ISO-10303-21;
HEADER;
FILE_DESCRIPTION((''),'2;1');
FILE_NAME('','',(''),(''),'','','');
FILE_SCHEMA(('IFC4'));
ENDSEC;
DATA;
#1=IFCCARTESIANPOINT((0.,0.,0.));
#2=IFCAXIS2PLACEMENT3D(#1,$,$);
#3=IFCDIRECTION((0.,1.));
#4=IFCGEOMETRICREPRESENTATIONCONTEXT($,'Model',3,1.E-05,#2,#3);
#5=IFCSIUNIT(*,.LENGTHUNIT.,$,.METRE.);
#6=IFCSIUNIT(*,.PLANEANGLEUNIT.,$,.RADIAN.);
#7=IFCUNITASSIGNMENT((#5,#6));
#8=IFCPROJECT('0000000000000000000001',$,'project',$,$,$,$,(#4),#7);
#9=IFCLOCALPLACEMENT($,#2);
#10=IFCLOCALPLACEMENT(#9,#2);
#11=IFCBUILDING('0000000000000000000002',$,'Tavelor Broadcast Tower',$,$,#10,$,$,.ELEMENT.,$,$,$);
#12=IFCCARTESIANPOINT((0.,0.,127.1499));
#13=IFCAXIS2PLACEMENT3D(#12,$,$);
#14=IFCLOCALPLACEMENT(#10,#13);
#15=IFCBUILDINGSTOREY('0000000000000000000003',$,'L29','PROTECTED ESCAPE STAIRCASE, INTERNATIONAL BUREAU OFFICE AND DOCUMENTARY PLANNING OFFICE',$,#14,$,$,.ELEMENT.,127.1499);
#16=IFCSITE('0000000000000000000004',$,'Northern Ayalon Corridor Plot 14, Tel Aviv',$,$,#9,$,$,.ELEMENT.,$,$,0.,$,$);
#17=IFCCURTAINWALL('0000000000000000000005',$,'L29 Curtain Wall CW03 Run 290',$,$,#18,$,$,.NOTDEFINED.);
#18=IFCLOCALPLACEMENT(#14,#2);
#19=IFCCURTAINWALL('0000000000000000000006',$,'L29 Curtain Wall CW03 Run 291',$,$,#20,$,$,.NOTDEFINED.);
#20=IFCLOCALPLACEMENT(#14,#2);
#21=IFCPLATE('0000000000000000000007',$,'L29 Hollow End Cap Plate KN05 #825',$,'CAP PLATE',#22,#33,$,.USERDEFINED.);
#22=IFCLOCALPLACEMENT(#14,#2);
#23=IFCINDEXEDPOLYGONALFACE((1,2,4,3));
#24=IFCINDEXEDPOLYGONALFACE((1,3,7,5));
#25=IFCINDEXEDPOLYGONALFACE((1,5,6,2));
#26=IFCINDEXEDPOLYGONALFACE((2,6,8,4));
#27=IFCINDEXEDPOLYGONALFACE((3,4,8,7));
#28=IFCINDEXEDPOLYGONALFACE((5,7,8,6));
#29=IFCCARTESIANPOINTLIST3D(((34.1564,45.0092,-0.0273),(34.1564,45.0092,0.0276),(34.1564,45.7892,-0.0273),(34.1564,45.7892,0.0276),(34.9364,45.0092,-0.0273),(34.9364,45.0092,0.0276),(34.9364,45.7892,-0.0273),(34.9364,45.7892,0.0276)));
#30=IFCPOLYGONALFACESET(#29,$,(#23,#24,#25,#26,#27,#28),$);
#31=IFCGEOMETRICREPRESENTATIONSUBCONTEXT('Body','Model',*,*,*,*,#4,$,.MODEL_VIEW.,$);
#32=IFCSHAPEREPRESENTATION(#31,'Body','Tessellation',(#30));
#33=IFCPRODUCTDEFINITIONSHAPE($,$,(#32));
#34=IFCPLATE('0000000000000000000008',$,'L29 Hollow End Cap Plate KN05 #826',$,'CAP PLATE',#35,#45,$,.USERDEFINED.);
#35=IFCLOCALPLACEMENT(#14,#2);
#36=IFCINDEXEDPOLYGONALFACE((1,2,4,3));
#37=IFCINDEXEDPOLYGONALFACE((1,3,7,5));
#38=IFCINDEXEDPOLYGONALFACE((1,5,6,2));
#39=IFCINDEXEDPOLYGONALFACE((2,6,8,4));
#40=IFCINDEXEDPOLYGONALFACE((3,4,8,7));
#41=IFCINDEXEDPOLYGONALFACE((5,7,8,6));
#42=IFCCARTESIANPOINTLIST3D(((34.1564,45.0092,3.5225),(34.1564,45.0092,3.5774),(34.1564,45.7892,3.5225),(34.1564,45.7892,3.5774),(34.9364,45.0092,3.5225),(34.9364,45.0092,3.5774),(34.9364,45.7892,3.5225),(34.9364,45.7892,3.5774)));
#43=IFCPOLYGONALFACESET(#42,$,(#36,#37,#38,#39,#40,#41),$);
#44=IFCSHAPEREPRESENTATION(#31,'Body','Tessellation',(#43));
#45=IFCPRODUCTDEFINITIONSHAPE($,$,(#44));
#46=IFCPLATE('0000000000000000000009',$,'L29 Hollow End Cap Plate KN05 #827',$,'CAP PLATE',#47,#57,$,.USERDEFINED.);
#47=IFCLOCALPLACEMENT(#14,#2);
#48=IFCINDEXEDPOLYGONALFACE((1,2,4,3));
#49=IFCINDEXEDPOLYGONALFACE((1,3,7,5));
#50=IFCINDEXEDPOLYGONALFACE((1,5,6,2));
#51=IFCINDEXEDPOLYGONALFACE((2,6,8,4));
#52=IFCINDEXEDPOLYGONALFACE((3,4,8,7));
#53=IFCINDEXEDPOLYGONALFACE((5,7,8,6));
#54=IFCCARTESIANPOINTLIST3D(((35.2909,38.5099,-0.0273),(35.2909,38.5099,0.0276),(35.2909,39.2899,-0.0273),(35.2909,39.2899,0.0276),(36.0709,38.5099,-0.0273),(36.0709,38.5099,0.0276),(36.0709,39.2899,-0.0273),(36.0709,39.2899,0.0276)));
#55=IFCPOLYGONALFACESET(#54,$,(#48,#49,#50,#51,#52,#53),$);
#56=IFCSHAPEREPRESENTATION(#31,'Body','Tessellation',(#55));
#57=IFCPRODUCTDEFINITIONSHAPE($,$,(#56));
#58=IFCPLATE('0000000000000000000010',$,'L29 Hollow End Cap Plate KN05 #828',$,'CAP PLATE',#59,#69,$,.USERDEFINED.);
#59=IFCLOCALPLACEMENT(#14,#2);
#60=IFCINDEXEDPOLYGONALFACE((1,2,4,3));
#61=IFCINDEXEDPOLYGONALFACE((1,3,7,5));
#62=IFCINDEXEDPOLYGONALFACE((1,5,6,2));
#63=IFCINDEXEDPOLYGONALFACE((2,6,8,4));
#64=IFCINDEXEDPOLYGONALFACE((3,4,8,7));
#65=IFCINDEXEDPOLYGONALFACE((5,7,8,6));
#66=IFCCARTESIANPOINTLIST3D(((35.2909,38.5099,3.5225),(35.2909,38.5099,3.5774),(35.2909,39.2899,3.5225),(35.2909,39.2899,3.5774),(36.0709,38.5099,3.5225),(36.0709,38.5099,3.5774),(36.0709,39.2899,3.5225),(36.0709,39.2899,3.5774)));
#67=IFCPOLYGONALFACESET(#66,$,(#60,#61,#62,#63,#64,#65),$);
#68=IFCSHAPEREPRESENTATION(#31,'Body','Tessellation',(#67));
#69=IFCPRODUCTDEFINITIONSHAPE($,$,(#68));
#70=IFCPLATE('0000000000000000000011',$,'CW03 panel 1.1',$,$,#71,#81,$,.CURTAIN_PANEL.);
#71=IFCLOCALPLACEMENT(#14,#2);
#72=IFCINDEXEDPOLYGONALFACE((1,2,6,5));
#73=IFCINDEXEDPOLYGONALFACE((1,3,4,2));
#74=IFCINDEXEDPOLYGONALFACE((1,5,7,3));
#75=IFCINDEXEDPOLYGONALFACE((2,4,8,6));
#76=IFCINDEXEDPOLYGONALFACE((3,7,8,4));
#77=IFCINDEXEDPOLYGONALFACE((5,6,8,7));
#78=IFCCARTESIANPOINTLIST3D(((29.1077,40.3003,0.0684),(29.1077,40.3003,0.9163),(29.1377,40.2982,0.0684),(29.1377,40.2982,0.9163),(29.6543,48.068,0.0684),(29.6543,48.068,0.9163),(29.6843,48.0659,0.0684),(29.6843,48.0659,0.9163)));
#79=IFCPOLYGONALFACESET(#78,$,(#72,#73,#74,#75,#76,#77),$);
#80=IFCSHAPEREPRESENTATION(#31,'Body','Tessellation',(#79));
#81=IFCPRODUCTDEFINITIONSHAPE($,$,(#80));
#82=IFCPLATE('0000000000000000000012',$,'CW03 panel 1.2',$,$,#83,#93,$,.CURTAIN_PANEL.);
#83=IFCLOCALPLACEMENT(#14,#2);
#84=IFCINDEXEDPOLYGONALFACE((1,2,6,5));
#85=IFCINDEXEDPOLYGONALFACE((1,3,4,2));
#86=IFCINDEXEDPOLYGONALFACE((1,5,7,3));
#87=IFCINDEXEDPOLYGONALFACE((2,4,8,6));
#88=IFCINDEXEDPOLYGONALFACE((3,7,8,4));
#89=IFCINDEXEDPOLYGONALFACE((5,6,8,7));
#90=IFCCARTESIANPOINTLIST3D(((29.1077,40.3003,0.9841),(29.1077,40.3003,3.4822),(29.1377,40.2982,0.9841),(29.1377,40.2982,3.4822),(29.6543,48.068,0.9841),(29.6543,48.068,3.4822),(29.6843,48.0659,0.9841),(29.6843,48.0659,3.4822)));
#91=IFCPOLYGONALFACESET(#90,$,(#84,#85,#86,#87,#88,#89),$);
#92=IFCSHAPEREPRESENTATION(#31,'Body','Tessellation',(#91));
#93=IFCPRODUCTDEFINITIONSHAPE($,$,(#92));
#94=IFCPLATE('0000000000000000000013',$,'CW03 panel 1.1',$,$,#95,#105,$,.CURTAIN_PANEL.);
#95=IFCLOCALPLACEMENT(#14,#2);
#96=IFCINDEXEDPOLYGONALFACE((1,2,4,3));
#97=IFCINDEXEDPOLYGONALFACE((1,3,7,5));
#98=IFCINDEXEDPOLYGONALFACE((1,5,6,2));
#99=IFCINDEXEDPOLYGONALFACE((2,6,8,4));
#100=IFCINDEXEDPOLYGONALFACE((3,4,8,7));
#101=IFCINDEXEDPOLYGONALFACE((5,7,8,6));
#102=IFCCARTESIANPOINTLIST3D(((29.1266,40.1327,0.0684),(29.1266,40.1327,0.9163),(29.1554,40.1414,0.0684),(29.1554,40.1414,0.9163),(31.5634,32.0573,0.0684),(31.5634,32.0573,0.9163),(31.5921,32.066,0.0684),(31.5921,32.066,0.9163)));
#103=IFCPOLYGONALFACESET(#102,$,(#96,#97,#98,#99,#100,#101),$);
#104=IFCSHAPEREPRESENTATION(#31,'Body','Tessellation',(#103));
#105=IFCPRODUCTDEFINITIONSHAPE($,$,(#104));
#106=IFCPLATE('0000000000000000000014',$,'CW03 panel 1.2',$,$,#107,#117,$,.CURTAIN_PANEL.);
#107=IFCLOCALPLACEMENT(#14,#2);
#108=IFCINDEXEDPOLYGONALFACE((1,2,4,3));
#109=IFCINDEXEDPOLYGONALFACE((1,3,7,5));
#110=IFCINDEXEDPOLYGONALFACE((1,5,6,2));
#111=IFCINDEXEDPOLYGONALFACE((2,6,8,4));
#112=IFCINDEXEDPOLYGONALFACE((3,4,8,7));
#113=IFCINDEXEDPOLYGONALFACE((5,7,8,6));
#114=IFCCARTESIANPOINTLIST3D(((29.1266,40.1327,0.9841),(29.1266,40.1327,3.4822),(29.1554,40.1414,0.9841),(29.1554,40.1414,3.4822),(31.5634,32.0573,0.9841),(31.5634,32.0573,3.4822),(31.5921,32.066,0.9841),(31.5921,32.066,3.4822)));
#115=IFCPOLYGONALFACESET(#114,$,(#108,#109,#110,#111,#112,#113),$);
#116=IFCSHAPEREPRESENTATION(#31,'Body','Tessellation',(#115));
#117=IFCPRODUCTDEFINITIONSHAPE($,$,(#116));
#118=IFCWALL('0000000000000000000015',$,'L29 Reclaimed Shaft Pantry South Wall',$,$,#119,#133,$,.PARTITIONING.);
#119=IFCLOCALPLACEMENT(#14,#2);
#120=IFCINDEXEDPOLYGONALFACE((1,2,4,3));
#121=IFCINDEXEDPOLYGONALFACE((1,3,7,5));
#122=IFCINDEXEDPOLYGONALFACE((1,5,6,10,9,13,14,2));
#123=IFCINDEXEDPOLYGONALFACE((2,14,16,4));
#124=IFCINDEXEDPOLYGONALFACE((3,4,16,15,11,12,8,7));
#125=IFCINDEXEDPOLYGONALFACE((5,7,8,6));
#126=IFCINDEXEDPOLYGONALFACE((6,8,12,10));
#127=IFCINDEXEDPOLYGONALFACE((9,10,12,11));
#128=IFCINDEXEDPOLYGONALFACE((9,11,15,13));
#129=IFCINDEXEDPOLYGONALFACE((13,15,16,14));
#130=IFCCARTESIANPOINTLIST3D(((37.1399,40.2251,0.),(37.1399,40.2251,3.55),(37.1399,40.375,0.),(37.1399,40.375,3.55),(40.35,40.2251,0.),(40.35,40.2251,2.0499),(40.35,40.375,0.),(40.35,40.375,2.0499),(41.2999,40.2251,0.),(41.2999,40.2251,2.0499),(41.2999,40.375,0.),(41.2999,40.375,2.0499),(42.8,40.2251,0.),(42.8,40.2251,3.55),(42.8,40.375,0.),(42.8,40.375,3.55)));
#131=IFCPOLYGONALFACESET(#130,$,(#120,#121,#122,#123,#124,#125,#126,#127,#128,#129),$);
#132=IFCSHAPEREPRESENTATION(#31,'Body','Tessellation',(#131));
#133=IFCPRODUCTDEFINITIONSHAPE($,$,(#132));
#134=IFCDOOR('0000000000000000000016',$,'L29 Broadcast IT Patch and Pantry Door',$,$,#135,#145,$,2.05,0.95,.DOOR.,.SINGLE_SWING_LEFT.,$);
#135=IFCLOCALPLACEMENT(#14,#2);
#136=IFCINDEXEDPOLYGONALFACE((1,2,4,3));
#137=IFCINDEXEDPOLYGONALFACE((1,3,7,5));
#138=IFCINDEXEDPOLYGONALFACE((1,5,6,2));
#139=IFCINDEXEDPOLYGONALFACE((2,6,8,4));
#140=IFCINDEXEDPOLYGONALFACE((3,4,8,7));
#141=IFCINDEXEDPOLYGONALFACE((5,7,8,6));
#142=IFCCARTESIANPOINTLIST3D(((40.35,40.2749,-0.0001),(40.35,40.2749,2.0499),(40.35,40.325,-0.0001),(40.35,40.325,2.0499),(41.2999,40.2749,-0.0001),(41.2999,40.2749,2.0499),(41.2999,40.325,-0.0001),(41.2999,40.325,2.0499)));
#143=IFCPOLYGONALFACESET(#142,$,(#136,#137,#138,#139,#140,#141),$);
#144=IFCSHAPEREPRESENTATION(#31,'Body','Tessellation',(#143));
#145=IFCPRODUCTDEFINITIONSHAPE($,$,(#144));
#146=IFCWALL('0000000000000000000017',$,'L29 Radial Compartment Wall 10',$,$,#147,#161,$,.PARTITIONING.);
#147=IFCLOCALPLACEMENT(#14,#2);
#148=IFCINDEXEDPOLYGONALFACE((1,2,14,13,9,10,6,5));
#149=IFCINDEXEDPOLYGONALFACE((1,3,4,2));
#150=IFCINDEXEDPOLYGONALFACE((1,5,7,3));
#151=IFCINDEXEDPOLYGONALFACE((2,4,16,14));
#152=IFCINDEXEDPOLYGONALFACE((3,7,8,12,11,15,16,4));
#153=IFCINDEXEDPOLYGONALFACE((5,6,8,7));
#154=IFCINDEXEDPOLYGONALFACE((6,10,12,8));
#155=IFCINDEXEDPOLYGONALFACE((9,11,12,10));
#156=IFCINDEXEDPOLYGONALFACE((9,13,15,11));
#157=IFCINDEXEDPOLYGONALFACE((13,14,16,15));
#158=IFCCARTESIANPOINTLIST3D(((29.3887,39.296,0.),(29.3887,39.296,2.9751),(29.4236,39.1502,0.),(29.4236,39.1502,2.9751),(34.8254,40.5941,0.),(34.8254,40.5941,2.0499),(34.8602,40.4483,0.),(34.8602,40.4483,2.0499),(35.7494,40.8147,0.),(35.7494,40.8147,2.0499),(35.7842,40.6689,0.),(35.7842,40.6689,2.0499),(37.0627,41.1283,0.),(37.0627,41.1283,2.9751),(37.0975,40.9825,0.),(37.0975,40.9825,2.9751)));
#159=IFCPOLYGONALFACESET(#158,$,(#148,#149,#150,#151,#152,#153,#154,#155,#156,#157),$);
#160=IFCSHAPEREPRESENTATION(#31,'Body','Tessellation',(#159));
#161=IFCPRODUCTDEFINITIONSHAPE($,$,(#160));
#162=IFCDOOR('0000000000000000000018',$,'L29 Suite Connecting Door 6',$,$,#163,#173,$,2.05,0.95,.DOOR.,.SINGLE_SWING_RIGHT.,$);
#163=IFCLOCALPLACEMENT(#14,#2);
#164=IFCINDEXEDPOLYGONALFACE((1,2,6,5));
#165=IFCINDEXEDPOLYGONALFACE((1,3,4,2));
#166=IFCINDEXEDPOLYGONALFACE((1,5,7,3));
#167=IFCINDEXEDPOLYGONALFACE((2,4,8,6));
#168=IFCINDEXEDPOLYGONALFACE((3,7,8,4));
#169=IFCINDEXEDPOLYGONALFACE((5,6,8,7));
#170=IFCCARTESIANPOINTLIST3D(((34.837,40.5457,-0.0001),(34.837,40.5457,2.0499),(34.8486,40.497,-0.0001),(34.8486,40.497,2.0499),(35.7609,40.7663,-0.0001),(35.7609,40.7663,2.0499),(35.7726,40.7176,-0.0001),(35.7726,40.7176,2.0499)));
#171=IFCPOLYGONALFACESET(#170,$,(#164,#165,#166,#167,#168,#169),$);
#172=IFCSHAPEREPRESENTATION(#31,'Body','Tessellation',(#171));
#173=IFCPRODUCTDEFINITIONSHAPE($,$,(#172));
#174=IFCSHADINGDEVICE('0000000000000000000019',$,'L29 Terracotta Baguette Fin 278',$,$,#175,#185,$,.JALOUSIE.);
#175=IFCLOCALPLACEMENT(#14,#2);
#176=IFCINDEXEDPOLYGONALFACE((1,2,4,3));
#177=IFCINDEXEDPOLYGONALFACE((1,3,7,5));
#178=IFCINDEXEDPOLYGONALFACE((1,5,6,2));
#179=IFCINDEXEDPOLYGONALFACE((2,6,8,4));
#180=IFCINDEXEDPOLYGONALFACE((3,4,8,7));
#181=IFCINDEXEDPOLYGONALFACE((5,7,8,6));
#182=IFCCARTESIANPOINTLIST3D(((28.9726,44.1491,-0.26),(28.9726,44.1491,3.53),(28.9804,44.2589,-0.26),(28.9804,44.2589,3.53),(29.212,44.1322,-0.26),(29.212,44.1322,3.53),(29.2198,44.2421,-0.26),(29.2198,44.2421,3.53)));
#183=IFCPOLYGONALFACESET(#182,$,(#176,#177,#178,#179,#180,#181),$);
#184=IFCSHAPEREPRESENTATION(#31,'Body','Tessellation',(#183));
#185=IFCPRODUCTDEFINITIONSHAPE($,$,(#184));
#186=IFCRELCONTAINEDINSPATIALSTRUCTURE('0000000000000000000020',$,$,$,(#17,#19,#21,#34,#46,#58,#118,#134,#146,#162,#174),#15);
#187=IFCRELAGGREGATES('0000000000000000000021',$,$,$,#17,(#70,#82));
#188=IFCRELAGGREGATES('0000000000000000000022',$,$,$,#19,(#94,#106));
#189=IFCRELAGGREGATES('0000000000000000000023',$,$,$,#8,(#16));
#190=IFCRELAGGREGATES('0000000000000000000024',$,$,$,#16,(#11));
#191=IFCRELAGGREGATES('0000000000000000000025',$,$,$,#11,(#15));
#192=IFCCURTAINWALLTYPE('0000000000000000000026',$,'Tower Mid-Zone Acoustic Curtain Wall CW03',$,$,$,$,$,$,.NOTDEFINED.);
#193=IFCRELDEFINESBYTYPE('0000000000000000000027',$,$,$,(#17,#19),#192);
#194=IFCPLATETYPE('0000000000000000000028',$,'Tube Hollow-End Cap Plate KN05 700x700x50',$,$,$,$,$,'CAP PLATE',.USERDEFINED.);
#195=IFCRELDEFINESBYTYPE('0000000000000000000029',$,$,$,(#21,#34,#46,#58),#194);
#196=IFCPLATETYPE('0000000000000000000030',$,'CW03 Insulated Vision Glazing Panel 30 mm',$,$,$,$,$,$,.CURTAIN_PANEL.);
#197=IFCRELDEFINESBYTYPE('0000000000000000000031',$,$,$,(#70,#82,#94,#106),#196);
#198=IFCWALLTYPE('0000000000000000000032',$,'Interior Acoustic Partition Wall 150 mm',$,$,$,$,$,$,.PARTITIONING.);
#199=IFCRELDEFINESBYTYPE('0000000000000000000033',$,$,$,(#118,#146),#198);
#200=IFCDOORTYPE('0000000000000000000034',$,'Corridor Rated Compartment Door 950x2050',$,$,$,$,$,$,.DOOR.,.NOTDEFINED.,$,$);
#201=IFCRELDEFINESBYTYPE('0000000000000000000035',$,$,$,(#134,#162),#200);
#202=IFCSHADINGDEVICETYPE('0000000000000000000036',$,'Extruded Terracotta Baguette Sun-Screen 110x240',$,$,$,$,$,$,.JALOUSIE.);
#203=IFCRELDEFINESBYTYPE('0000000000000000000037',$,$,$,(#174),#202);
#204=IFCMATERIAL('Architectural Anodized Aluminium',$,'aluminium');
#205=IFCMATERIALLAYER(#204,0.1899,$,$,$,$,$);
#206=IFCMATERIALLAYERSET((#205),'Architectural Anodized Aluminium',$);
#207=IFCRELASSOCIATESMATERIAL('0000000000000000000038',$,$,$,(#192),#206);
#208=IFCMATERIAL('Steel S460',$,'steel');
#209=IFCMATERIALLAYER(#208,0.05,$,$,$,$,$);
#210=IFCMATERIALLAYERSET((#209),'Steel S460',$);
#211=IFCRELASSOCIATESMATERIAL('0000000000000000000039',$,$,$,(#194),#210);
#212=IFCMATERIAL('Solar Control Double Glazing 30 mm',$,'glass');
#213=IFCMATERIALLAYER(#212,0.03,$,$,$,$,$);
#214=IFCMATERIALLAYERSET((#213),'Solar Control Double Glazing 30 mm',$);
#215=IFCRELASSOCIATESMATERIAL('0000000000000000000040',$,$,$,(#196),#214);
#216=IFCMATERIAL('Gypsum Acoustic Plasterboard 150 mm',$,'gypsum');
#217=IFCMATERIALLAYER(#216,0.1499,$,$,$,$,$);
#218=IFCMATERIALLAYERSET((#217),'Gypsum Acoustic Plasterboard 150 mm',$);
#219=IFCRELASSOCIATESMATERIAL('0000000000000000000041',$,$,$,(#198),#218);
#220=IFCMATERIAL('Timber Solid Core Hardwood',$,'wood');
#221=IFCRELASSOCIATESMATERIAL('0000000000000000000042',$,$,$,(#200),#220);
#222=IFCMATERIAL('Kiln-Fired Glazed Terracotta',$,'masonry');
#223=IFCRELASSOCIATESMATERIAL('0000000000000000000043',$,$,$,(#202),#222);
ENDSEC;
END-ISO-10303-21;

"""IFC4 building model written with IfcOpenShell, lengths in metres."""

from ifc_helpers import new_model, si_unit, direction, frame, frame_2d, origin, origin_2d, place, context, subcontext, project, spatial, rectangle, extrude, source, transform, mapped, material, layer, layer_set, type_object, type_shapes, element, fill, aggregate, save


model = new_model("IFC4")

# Units and contexts
model_context = context("Model", 3, precision=1e-05, world=origin(), true_north=direction((0.0, 1.0)))
body_context = subcontext(model_context, "Body", "Model", "MODEL_VIEW")
ifc_project = project(units=[si_unit("LENGTHUNIT", "METRE"), si_unit("PLANEANGLEUNIT", "RADIAN")], contexts=[model_context])

# Site, building, storey
site_placement = place(None, origin())
site = spatial("IfcSite", under=ifc_project, at=site_placement, Name="Northern Ayalon Corridor Plot 14, Tel Aviv", CompositionType="ELEMENT", RefElevation=0.0)
building_placement = place(site_placement, origin())
building = spatial("IfcBuilding", under=site, at=building_placement, Name="Tavelor Broadcast Tower", CompositionType="ELEMENT")
storey_placement = place(building_placement, frame((0.0, 0.0, 127.1499)))
storey = spatial("IfcBuildingStorey", under=building, at=storey_placement, Name="L29", Description="PROTECTED ESCAPE STAIRCASE, INTERNATIONAL BUREAU OFFICE AND DOCUMENTARY PLANNING OFFICE", CompositionType="ELEMENT", Elevation=127.1499)

# Shared definitions
ifc_material_1 = material(Name="Steel S460", Category="steel")

# Curtain walls
ifc_material_2 = material(Name="Architectural Anodized Aluminium", Category="aluminium")
ifc_layer_1 = layer(ifc_material_2, 0.1899)
ifc_layer_set_1 = layer_set([ifc_layer_1], Name="Architectural Anodized Aluminium")
curtain_wall_type = type_object("IfcCurtainWallType", Name="Tower Mid-Zone Acoustic Curtain Wall CW03", PredefinedType="NOTDEFINED", material=ifc_layer_set_1)
curtain_wall_1_placement = place(storey_placement, origin())
curtain_wall_1 = element("IfcCurtainWall", 1, at=curtain_wall_1_placement, inside=storey, type_object=curtain_wall_type, Name="L29 Curtain Wall CW03 Run 290", PredefinedType="NOTDEFINED")
curtain_wall_2_placement = place(storey_placement, origin())
curtain_wall_2 = element("IfcCurtainWall", 2, at=curtain_wall_2_placement, inside=storey, type_object=curtain_wall_type, Name="L29 Curtain Wall CW03 Run 291", PredefinedType="NOTDEFINED")

# Plates
ifc_layer_2 = layer(ifc_material_1, 0.05)
ifc_layer_set_2 = layer_set([ifc_layer_2], Name="Steel S460")
plate_type_1 = type_object("IfcPlateType", Name="Tube Hollow-End Cap Plate KN05 700x700x50", ElementType="CAP PLATE", PredefinedType="USERDEFINED", material=ifc_layer_set_2)
shared_shape_1 = source(origin(), body_context, "Body", "SweptSolid", [
    extrude(rectangle(XDim=0.78, YDim=0.78, at=origin_2d()), origin(), (0.0, 0.0, 1.0), 0.0549),
])
type_shapes(plate_type_1, [shared_shape_1])
for number, where, z_axis, x_axis, name in (
    (3, (34.5464, 45.3992, -0.0273), (0.0, 0.0, 1.0), (1.0, 0.0, 0.0), "L29 Hollow End Cap Plate KN05 #825"),
    (4, (34.5464, 45.3992, 3.5225), (0.0, 0.0, 1.0), (1.0, 0.0, 0.0), "L29 Hollow End Cap Plate KN05 #826"),
    (5, (35.6809, 38.8999, -0.0273), (0.0, 0.0, 1.0), (1.0, 0.0, 0.0), "L29 Hollow End Cap Plate KN05 #827"),
    (6, (35.6809, 38.8999, 3.5225), (0.0, 0.0, 1.0), (1.0, 0.0, 0.0), "L29 Hollow End Cap Plate KN05 #828"),
):
    element("IfcPlate", number, at=place(storey_placement, frame(where, z_axis=z_axis, x_axis=x_axis)), inside=storey, type_object=plate_type_1, Name=name, ObjectType="CAP PLATE", PredefinedType="USERDEFINED", context=body_context, shape_type="MappedRepresentation", body=[
        mapped(shared_shape_1, transform((0.0, 0.0, 0.0), scale=1.0)),
    ])

# Plates
ifc_material_3 = material(Name="Solar Control Double Glazing 30 mm", Category="glass")
ifc_layer_3 = layer(ifc_material_3, 0.03)
ifc_layer_set_3 = layer_set([ifc_layer_3], Name="Solar Control Double Glazing 30 mm")
plate_type_2 = type_object("IfcPlateType", Name="CW03 Insulated Vision Glazing Panel 30 mm", PredefinedType="CURTAIN_PANEL", material=ifc_layer_set_3)
shared_shape_2 = source(origin(), body_context, "Body", "SweptSolid", [
    extrude(rectangle(XDim=7.7869, YDim=0.03, at=origin_2d()), origin(), (0.0, 0.0, 1.0), 0.8479),
])
plate_1_placement = place(storey_placement, frame((29.396, 44.1831, 0.0684), z_axis=(0.0, 0.0, 1.0), x_axis=(-0.070189, -0.997534, 0.0)))
plate_1 = element("IfcPlate", 7, at=plate_1_placement, type_object=plate_type_2, Name="CW03 panel 1.1", PredefinedType="CURTAIN_PANEL", context=body_context, shape_type="MappedRepresentation", body=[
    mapped(shared_shape_2, transform((0.0, 0.0, 0.0), scale=1.0)),
])
shared_shape_3 = source(origin(), body_context, "Body", "SweptSolid", [
    extrude(rectangle(XDim=7.7869, YDim=0.03, at=origin_2d()), origin(), (0.0, 0.0, 1.0), 2.498),
])
plate_2_placement = place(storey_placement, frame((29.396, 44.1831, 0.9841), z_axis=(0.0, 0.0, 1.0), x_axis=(-0.070189, -0.997534, 0.0)))
plate_2 = element("IfcPlate", 8, at=plate_2_placement, type_object=plate_type_2, Name="CW03 panel 1.2", PredefinedType="CURTAIN_PANEL", context=body_context, shape_type="MappedRepresentation", body=[
    mapped(shared_shape_3, transform((0.0, 0.0, 0.0), scale=1.0)),
])
aggregate(curtain_wall_1, [plate_1, plate_2])
shared_shape_4 = source(origin(), body_context, "Body", "SweptSolid", [
    extrude(rectangle(XDim=8.4351, YDim=0.03, at=origin_2d()), origin(), (0.0, 0.0, 1.0), 0.8479),
])
plate_3_placement = place(storey_placement, frame((30.3594, 36.0994, 0.0684), z_axis=(0.0, 0.0, 1.0), x_axis=(0.28888, -0.957365, 0.0)))
plate_3 = element("IfcPlate", 9, at=plate_3_placement, type_object=plate_type_2, Name="CW03 panel 1.1", PredefinedType="CURTAIN_PANEL", context=body_context, shape_type="MappedRepresentation", body=[
    mapped(shared_shape_4, transform((0.0, 0.0, 0.0), scale=1.0)),
])
shared_shape_5 = source(origin(), body_context, "Body", "SweptSolid", [
    extrude(rectangle(XDim=8.4351, YDim=0.03, at=origin_2d()), origin(), (0.0, 0.0, 1.0), 2.498),
])
type_shapes(plate_type_2, [shared_shape_2, shared_shape_3, shared_shape_4, shared_shape_5])
plate_4_placement = place(storey_placement, frame((30.3594, 36.0994, 0.9841), z_axis=(0.0, 0.0, 1.0), x_axis=(0.28888, -0.957365, 0.0)))
plate_4 = element("IfcPlate", 10, at=plate_4_placement, type_object=plate_type_2, Name="CW03 panel 1.2", PredefinedType="CURTAIN_PANEL", context=body_context, shape_type="MappedRepresentation", body=[
    mapped(shared_shape_5, transform((0.0, 0.0, 0.0), scale=1.0)),
])
aggregate(curtain_wall_2, [plate_3, plate_4])

# Walls, openings, doors
ifc_material_4 = material(Name="Gypsum Acoustic Plasterboard 150 mm", Category="gypsum")
ifc_layer_4 = layer(ifc_material_4, 0.1499)
ifc_layer_set_4 = layer_set([ifc_layer_4], Name="Gypsum Acoustic Plasterboard 150 mm")
wall_type = type_object("IfcWallType", Name="Interior Acoustic Partition Wall 150 mm", PredefinedType="PARTITIONING", material=ifc_layer_set_4)
wall_1_placement = place(storey_placement, frame((37.1399, 40.3, 0.0), z_axis=(0.0, 0.0, 1.0), x_axis=(1.0, 0.0, 0.0)))
wall_1 = element("IfcWall", 11, at=wall_1_placement, inside=storey, type_object=wall_type, Name="L29 Reclaimed Shaft Pantry South Wall", PredefinedType="PARTITIONING", context=body_context, shape_type="SweptSolid", body=[
    extrude(rectangle(XDim=5.6602, YDim=0.1499, at=frame_2d((2.8301, 0.0))), origin(), (0.0, 0.0, 1.0), 3.55),
])
opening_1_placement = place(wall_1_placement, frame((3.21, 0.0, 0.0)))
opening_1 = element("IfcOpeningElement", 12, at=opening_1_placement, cuts=wall_1, PredefinedType="OPENING", context=body_context, shape_type="SweptSolid", body=[
    extrude(rectangle(XDim=0.95, YDim=2.05, at=frame_2d((0.4751, 1.0249))), frame((0.0, 0.085, 0.0), z_axis=(0.0, -1.0, 0.0), x_axis=(1.0, 0.0, 0.0)), (0.0, 0.0, 1.0), 0.1699),
])
ifc_material_5 = material(Name="Timber Solid Core Hardwood", Category="wood")
door_type = type_object("IfcDoorType", Name="Corridor Rated Compartment Door 950x2050", OperationType="NOTDEFINED", PredefinedType="DOOR", material=ifc_material_5)
door_1_placement = place(opening_1_placement, origin())
door_1 = element("IfcDoor", 13, at=door_1_placement, inside=storey, type_object=door_type, Name="L29 Broadcast IT Patch and Pantry Door", OperationType="SINGLE_SWING_LEFT", OverallHeight=2.05, OverallWidth=0.95, PredefinedType="DOOR", context=body_context, shape_type="SweptSolid", body=[
    extrude(rectangle(XDim=0.95, YDim=2.05, at=frame_2d((0.4751, 1.0249))), frame((0.0, 0.0249, 0.0), z_axis=(0.0, -1.0, 0.0), x_axis=(1.0, 0.0, 0.0)), (0.0, 0.0, 1.0), 0.05),
])
fill(opening_1, door_1)
wall_2_placement = place(storey_placement, frame((37.0801, 41.0554, 0.0), z_axis=(0.0, 0.0, 1.0), x_axis=(-0.972658, -0.232241, 0.0)))
wall_2 = element("IfcWall", 14, at=wall_2_placement, inside=storey, type_object=wall_type, Name="L29 Radial Compartment Wall 10", PredefinedType="PARTITIONING", context=body_context, shape_type="SweptSolid", body=[
    extrude(rectangle(XDim=7.8896, YDim=0.1499, at=frame_2d((3.9448, 0.0))), origin(), (0.0, 0.0, 1.0), 2.9751),
])
opening_2_placement = place(wall_2_placement, frame((1.3501, 0.0, 0.0)))
opening_2 = element("IfcOpeningElement", 15, at=opening_2_placement, cuts=wall_2, PredefinedType="OPENING", context=body_context, shape_type="SweptSolid", body=[
    extrude(rectangle(XDim=0.95, YDim=2.05, at=frame_2d((0.4751, 1.0249))), frame((0.0, 0.085, 0.0), z_axis=(0.0, -1.0, 0.0), x_axis=(1.0, 0.0, 0.0)), (0.0, 0.0, 1.0), 0.1699),
])
door_2_placement = place(opening_2_placement, origin())
door_2 = element("IfcDoor", 16, at=door_2_placement, inside=storey, type_object=door_type, Name="L29 Suite Connecting Door 6", OperationType="SINGLE_SWING_RIGHT", OverallHeight=2.05, OverallWidth=0.95, PredefinedType="DOOR", context=body_context, shape_type="SweptSolid", body=[
    extrude(rectangle(XDim=0.95, YDim=2.05, at=frame_2d((0.4751, 1.0249))), frame((0.0, 0.0249, 0.0), z_axis=(0.0, -1.0, 0.0), x_axis=(1.0, 0.0, 0.0)), (0.0, 0.0, 1.0), 0.05),
])
fill(opening_2, door_2)

# Shading device
ifc_material_6 = material(Name="Kiln-Fired Glazed Terracotta", Category="masonry")
shading_device_type = type_object("IfcShadingDeviceType", Name="Extruded Terracotta Baguette Sun-Screen 110x240", PredefinedType="JALOUSIE", material=ifc_material_6)
shared_shape_6 = source(origin(), body_context, "Body", "SweptSolid", [
    extrude(rectangle(XDim=0.1101, YDim=0.24, at=origin_2d()), origin(), (0.0, 0.0, 1.0), 3.79),
])
type_shapes(shading_device_type, [shared_shape_6])
for number, where, z_axis, x_axis, name in (
    (17, (29.0962, 44.1956, -0.26), (0.0, 0.0, 1.0), (-0.070105, -0.99754, 0.0), "L29 Terracotta Baguette Fin 278"),
):
    element("IfcShadingDevice", number, at=place(storey_placement, frame(where, z_axis=z_axis, x_axis=x_axis)), inside=storey, type_object=shading_device_type, Name=name, PredefinedType="JALOUSIE", context=body_context, shape_type="MappedRepresentation", body=[
        mapped(shared_shape_6, transform((0.0, 0.0, 0.0), scale=1.0)),
    ])

save(model, "model.ifc")
